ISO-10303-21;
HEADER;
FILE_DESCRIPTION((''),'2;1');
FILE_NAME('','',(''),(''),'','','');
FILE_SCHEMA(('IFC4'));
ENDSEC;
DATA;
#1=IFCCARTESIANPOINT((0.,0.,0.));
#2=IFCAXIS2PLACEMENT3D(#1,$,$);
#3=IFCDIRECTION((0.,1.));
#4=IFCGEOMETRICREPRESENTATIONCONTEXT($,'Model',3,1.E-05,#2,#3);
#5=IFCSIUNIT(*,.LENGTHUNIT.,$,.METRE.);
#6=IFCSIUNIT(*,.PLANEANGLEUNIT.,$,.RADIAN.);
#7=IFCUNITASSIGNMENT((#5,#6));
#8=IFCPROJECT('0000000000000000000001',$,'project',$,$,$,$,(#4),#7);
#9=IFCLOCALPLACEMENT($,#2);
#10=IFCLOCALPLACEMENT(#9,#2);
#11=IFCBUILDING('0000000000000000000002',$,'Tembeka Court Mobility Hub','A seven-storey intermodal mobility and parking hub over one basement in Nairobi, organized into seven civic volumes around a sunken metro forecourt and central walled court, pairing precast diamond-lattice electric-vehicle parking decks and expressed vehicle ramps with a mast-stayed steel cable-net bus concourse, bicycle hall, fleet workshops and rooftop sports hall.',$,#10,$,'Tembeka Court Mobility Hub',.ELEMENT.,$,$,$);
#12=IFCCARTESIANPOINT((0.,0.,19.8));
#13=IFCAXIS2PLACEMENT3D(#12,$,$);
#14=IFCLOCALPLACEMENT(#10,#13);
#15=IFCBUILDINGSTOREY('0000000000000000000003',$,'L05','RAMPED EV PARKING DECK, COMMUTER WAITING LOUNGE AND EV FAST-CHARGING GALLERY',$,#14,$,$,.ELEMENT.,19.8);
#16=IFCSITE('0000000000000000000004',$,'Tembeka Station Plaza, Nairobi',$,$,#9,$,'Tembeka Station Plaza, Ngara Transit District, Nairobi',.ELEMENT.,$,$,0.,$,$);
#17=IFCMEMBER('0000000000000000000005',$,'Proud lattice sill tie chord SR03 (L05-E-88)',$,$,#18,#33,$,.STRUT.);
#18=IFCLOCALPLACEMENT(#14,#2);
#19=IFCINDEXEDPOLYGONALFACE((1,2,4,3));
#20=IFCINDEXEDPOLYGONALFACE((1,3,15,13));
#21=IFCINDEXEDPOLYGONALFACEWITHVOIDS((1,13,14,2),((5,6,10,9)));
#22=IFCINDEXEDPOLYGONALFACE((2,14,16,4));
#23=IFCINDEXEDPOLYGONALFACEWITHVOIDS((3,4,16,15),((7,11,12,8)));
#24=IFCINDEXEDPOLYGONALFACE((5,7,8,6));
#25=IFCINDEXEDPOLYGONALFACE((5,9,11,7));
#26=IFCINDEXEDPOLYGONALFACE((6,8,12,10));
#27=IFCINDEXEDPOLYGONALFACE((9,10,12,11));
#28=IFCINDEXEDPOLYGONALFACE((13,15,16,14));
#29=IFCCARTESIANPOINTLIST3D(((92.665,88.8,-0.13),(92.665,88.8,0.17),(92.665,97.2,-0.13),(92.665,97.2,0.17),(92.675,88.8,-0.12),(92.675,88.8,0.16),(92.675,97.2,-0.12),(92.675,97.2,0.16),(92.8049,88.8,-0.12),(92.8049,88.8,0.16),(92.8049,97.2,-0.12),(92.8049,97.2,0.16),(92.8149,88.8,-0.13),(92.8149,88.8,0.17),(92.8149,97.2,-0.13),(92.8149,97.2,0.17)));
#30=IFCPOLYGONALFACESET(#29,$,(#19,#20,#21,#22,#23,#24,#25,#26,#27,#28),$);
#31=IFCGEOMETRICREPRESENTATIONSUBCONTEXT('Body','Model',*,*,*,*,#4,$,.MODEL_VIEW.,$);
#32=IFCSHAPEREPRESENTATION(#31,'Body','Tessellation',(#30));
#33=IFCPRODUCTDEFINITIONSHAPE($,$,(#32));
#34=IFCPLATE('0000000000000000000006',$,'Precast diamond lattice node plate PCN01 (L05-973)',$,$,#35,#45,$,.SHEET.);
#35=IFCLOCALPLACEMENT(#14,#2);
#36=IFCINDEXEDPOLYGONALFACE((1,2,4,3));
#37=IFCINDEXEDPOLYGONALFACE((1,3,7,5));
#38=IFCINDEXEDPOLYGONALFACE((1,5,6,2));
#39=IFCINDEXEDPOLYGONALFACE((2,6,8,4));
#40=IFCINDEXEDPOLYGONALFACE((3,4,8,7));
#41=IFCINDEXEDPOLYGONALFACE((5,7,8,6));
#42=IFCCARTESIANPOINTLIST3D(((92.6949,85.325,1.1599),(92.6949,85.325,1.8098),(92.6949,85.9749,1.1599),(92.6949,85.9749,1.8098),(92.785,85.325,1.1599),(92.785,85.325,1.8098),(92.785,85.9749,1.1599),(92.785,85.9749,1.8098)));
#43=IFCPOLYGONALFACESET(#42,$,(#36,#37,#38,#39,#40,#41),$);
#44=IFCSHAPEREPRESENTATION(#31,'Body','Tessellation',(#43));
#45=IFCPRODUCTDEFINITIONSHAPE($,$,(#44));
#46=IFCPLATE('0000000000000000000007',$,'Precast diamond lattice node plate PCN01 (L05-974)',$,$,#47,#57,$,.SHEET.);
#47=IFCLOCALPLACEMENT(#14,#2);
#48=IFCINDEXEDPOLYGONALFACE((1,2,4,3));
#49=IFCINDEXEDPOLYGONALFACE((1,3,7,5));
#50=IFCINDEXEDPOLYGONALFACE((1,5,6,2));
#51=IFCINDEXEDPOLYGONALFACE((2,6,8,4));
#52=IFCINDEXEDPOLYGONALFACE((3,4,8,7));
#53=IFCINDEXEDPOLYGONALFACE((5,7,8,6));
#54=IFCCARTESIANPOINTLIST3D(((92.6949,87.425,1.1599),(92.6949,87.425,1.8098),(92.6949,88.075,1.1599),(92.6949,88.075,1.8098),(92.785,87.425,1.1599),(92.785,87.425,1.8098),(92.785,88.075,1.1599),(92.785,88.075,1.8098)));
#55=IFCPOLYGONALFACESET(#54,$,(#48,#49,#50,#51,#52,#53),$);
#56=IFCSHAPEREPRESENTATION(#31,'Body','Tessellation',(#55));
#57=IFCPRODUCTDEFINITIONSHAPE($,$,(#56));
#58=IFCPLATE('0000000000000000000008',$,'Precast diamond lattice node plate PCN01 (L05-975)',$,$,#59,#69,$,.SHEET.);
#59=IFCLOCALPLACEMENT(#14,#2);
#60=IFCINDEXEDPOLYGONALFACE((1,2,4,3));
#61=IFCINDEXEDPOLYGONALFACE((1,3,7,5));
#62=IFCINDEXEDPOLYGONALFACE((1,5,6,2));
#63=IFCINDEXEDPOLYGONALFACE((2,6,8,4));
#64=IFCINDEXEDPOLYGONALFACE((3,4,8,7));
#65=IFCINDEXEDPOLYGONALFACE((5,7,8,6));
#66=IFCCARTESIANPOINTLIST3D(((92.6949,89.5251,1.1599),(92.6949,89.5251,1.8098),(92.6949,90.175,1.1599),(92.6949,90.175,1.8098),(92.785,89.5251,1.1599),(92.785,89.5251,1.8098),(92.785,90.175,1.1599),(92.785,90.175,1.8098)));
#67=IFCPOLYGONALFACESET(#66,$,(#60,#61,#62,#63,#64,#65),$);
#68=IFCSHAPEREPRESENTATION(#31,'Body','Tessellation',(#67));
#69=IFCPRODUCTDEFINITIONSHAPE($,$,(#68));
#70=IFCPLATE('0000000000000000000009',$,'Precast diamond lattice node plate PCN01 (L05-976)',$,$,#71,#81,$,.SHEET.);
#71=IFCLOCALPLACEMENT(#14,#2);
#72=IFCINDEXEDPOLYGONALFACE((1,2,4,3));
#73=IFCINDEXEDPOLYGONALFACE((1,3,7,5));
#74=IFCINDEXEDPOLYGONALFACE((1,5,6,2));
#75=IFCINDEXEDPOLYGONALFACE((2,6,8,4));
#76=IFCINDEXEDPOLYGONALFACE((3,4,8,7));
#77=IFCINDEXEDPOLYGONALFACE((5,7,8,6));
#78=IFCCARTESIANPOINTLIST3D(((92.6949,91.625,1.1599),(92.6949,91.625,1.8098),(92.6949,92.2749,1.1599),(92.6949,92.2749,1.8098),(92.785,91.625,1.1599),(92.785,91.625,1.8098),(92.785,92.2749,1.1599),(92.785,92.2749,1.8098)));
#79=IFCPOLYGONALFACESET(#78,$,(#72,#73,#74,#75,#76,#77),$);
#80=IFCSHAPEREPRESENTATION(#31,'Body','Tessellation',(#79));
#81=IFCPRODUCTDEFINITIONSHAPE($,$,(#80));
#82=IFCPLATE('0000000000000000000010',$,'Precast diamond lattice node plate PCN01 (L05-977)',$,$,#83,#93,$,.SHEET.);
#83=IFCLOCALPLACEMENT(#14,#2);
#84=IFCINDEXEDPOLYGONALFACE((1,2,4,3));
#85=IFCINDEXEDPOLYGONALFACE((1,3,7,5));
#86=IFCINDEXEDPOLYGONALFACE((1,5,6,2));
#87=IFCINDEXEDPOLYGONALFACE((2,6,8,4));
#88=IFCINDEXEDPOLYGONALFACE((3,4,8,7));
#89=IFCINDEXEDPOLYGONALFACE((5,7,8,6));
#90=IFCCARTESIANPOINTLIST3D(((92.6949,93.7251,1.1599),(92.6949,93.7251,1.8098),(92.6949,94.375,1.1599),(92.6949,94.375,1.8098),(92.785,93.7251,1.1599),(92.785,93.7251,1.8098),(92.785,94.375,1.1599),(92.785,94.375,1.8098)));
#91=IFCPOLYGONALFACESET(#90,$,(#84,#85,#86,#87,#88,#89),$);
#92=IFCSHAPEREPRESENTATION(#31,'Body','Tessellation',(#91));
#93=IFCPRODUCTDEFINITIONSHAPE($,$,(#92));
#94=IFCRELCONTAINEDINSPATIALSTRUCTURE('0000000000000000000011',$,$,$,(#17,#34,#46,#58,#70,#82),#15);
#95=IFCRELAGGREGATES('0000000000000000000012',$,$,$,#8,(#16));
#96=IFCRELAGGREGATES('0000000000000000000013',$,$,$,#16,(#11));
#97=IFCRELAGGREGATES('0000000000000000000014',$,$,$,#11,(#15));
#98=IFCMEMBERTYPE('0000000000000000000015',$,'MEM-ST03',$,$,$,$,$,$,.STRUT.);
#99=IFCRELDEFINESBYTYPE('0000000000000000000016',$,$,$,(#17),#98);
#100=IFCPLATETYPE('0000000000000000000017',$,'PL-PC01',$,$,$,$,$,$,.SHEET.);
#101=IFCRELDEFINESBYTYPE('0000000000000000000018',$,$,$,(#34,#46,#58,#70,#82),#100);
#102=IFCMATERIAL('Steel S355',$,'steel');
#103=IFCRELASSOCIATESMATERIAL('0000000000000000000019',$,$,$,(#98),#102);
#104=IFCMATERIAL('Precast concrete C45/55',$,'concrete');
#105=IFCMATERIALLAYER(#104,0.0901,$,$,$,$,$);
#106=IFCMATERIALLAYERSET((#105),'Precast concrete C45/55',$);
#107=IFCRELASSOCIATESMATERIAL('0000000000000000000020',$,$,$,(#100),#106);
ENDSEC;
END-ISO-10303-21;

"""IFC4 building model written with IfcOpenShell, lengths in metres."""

from ifc_helpers import new_model, si_unit, direction, frame, origin, origin_2d, place, context, subcontext, project, spatial, rectangle, hollow_rectangle, extrude, material, layer, layer_set, material_profile, profile_set, type_object, element, save


model = new_model("IFC4")

# Units and contexts
model_context = context("Model", 3, precision=1e-05, world=origin(), true_north=direction((0.0, 1.0)))
body_context = subcontext(model_context, "Body", "Model", "MODEL_VIEW")
ifc_project = project(units=[si_unit("LENGTHUNIT", "METRE"), si_unit("PLANEANGLEUNIT", "RADIAN")], contexts=[model_context])

# Site, building, storey
site_placement = place(None, origin())
site = spatial("IfcSite", under=ifc_project, at=site_placement, Name="Tembeka Station Plaza, Nairobi", LongName="Tembeka Station Plaza, Ngara Transit District, Nairobi", CompositionType="ELEMENT", RefElevation=0.0)
building_placement = place(site_placement, origin())
building = spatial("IfcBuilding", under=site, at=building_placement, Name="Tembeka Court Mobility Hub", Description="A seven-storey intermodal mobility and parking hub over one basement in Nairobi, organized into seven civic volumes around a sunken metro forecourt and central walled court, pairing precast diamond-lattice electric-vehicle parking decks and expressed vehicle ramps with a mast-stayed steel cable-net bus concourse, bicycle hall, fleet workshops and rooftop sports hall.", LongName="Tembeka Court Mobility Hub", CompositionType="ELEMENT")
storey_placement = place(building_placement, frame((0.0, 0.0, 19.8)))
storey = spatial("IfcBuildingStorey", under=building, at=storey_placement, Name="L05", Description="RAMPED EV PARKING DECK, COMMUTER WAITING LOUNGE AND EV FAST-CHARGING GALLERY", CompositionType="ELEMENT", Elevation=19.8)

# Shared definitions
ifc_material_1 = material(Name="Steel S355", Category="steel")

# Member
ifc_material_2 = material(Name="Precast concrete C45/55", Category="concrete")
ifc_material_profile_1 = material_profile(ifc_material_1, hollow_rectangle(XDim=0.1499, YDim=0.3, WallThickness=0.01, at=origin_2d()), Name="RHS 300x150x10")
ifc_profile_set_1 = profile_set([ifc_material_profile_1], Name="Steel S355")
member_type_1 = type_object("IfcMemberType", Name="MEM-ST03", PredefinedType="STRUT", material=ifc_profile_set_1)
member_1_placement = place(storey_placement, frame((92.74, 88.8, 0.02), z_axis=(0.0, 1.0, 0.0), x_axis=(-1.0, 0.0, 0.0)))
element("IfcMember", 1, at=member_1_placement, inside=storey, type_object=member_type_1, Name="Proud lattice sill tie chord SR03 (L05-E-88)", PredefinedType="STRUT", context=body_context, shape_type="SweptSolid", body=[
    extrude(hollow_rectangle(XDim=0.1499, YDim=0.3, WallThickness=0.01, at=origin_2d()), origin(), (0.0, 0.0, 1.0), 8.3999),
])

# Plates
ifc_layer = layer(ifc_material_2, 0.0901)
ifc_layer_set = layer_set([ifc_layer], Name="Precast concrete C45/55")
plate_type = type_object("IfcPlateType", Name="PL-PC01", PredefinedType="SHEET", material=ifc_layer_set)
for number, where, z_axis, x_axis, name in (
    (2, (92.74, 85.6499, 1.1599), (0.0, 0.0, 1.0), (1.0, 0.0, 0.0), "Precast diamond lattice node plate PCN01 (L05-973)"),
    (3, (92.74, 87.75, 1.1599), (0.0, 0.0, 1.0), (1.0, 0.0, 0.0), "Precast diamond lattice node plate PCN01 (L05-974)"),
    (4, (92.74, 89.8501, 1.1599), (0.0, 0.0, 1.0), (1.0, 0.0, 0.0), "Precast diamond lattice node plate PCN01 (L05-975)"),
    (5, (92.74, 91.95, 1.1599), (0.0, 0.0, 1.0), (1.0, 0.0, 0.0), "Precast diamond lattice node plate PCN01 (L05-976)"),
    (6, (92.74, 94.05, 1.1599), (0.0, 0.0, 1.0), (1.0, 0.0, 0.0), "Precast diamond lattice node plate PCN01 (L05-977)"),
):
    element("IfcPlate", number, at=place(storey_placement, frame(where, z_axis=z_axis, x_axis=x_axis)), inside=storey, type_object=plate_type, Name=name, PredefinedType="SHEET", context=body_context, shape_type="SweptSolid", body=[
        extrude(rectangle(XDim=0.0901, YDim=0.6499, at=origin_2d()), origin(), (0.0, 0.0, 1.0), 0.6499),
    ])

save(model, "model.ifc")
